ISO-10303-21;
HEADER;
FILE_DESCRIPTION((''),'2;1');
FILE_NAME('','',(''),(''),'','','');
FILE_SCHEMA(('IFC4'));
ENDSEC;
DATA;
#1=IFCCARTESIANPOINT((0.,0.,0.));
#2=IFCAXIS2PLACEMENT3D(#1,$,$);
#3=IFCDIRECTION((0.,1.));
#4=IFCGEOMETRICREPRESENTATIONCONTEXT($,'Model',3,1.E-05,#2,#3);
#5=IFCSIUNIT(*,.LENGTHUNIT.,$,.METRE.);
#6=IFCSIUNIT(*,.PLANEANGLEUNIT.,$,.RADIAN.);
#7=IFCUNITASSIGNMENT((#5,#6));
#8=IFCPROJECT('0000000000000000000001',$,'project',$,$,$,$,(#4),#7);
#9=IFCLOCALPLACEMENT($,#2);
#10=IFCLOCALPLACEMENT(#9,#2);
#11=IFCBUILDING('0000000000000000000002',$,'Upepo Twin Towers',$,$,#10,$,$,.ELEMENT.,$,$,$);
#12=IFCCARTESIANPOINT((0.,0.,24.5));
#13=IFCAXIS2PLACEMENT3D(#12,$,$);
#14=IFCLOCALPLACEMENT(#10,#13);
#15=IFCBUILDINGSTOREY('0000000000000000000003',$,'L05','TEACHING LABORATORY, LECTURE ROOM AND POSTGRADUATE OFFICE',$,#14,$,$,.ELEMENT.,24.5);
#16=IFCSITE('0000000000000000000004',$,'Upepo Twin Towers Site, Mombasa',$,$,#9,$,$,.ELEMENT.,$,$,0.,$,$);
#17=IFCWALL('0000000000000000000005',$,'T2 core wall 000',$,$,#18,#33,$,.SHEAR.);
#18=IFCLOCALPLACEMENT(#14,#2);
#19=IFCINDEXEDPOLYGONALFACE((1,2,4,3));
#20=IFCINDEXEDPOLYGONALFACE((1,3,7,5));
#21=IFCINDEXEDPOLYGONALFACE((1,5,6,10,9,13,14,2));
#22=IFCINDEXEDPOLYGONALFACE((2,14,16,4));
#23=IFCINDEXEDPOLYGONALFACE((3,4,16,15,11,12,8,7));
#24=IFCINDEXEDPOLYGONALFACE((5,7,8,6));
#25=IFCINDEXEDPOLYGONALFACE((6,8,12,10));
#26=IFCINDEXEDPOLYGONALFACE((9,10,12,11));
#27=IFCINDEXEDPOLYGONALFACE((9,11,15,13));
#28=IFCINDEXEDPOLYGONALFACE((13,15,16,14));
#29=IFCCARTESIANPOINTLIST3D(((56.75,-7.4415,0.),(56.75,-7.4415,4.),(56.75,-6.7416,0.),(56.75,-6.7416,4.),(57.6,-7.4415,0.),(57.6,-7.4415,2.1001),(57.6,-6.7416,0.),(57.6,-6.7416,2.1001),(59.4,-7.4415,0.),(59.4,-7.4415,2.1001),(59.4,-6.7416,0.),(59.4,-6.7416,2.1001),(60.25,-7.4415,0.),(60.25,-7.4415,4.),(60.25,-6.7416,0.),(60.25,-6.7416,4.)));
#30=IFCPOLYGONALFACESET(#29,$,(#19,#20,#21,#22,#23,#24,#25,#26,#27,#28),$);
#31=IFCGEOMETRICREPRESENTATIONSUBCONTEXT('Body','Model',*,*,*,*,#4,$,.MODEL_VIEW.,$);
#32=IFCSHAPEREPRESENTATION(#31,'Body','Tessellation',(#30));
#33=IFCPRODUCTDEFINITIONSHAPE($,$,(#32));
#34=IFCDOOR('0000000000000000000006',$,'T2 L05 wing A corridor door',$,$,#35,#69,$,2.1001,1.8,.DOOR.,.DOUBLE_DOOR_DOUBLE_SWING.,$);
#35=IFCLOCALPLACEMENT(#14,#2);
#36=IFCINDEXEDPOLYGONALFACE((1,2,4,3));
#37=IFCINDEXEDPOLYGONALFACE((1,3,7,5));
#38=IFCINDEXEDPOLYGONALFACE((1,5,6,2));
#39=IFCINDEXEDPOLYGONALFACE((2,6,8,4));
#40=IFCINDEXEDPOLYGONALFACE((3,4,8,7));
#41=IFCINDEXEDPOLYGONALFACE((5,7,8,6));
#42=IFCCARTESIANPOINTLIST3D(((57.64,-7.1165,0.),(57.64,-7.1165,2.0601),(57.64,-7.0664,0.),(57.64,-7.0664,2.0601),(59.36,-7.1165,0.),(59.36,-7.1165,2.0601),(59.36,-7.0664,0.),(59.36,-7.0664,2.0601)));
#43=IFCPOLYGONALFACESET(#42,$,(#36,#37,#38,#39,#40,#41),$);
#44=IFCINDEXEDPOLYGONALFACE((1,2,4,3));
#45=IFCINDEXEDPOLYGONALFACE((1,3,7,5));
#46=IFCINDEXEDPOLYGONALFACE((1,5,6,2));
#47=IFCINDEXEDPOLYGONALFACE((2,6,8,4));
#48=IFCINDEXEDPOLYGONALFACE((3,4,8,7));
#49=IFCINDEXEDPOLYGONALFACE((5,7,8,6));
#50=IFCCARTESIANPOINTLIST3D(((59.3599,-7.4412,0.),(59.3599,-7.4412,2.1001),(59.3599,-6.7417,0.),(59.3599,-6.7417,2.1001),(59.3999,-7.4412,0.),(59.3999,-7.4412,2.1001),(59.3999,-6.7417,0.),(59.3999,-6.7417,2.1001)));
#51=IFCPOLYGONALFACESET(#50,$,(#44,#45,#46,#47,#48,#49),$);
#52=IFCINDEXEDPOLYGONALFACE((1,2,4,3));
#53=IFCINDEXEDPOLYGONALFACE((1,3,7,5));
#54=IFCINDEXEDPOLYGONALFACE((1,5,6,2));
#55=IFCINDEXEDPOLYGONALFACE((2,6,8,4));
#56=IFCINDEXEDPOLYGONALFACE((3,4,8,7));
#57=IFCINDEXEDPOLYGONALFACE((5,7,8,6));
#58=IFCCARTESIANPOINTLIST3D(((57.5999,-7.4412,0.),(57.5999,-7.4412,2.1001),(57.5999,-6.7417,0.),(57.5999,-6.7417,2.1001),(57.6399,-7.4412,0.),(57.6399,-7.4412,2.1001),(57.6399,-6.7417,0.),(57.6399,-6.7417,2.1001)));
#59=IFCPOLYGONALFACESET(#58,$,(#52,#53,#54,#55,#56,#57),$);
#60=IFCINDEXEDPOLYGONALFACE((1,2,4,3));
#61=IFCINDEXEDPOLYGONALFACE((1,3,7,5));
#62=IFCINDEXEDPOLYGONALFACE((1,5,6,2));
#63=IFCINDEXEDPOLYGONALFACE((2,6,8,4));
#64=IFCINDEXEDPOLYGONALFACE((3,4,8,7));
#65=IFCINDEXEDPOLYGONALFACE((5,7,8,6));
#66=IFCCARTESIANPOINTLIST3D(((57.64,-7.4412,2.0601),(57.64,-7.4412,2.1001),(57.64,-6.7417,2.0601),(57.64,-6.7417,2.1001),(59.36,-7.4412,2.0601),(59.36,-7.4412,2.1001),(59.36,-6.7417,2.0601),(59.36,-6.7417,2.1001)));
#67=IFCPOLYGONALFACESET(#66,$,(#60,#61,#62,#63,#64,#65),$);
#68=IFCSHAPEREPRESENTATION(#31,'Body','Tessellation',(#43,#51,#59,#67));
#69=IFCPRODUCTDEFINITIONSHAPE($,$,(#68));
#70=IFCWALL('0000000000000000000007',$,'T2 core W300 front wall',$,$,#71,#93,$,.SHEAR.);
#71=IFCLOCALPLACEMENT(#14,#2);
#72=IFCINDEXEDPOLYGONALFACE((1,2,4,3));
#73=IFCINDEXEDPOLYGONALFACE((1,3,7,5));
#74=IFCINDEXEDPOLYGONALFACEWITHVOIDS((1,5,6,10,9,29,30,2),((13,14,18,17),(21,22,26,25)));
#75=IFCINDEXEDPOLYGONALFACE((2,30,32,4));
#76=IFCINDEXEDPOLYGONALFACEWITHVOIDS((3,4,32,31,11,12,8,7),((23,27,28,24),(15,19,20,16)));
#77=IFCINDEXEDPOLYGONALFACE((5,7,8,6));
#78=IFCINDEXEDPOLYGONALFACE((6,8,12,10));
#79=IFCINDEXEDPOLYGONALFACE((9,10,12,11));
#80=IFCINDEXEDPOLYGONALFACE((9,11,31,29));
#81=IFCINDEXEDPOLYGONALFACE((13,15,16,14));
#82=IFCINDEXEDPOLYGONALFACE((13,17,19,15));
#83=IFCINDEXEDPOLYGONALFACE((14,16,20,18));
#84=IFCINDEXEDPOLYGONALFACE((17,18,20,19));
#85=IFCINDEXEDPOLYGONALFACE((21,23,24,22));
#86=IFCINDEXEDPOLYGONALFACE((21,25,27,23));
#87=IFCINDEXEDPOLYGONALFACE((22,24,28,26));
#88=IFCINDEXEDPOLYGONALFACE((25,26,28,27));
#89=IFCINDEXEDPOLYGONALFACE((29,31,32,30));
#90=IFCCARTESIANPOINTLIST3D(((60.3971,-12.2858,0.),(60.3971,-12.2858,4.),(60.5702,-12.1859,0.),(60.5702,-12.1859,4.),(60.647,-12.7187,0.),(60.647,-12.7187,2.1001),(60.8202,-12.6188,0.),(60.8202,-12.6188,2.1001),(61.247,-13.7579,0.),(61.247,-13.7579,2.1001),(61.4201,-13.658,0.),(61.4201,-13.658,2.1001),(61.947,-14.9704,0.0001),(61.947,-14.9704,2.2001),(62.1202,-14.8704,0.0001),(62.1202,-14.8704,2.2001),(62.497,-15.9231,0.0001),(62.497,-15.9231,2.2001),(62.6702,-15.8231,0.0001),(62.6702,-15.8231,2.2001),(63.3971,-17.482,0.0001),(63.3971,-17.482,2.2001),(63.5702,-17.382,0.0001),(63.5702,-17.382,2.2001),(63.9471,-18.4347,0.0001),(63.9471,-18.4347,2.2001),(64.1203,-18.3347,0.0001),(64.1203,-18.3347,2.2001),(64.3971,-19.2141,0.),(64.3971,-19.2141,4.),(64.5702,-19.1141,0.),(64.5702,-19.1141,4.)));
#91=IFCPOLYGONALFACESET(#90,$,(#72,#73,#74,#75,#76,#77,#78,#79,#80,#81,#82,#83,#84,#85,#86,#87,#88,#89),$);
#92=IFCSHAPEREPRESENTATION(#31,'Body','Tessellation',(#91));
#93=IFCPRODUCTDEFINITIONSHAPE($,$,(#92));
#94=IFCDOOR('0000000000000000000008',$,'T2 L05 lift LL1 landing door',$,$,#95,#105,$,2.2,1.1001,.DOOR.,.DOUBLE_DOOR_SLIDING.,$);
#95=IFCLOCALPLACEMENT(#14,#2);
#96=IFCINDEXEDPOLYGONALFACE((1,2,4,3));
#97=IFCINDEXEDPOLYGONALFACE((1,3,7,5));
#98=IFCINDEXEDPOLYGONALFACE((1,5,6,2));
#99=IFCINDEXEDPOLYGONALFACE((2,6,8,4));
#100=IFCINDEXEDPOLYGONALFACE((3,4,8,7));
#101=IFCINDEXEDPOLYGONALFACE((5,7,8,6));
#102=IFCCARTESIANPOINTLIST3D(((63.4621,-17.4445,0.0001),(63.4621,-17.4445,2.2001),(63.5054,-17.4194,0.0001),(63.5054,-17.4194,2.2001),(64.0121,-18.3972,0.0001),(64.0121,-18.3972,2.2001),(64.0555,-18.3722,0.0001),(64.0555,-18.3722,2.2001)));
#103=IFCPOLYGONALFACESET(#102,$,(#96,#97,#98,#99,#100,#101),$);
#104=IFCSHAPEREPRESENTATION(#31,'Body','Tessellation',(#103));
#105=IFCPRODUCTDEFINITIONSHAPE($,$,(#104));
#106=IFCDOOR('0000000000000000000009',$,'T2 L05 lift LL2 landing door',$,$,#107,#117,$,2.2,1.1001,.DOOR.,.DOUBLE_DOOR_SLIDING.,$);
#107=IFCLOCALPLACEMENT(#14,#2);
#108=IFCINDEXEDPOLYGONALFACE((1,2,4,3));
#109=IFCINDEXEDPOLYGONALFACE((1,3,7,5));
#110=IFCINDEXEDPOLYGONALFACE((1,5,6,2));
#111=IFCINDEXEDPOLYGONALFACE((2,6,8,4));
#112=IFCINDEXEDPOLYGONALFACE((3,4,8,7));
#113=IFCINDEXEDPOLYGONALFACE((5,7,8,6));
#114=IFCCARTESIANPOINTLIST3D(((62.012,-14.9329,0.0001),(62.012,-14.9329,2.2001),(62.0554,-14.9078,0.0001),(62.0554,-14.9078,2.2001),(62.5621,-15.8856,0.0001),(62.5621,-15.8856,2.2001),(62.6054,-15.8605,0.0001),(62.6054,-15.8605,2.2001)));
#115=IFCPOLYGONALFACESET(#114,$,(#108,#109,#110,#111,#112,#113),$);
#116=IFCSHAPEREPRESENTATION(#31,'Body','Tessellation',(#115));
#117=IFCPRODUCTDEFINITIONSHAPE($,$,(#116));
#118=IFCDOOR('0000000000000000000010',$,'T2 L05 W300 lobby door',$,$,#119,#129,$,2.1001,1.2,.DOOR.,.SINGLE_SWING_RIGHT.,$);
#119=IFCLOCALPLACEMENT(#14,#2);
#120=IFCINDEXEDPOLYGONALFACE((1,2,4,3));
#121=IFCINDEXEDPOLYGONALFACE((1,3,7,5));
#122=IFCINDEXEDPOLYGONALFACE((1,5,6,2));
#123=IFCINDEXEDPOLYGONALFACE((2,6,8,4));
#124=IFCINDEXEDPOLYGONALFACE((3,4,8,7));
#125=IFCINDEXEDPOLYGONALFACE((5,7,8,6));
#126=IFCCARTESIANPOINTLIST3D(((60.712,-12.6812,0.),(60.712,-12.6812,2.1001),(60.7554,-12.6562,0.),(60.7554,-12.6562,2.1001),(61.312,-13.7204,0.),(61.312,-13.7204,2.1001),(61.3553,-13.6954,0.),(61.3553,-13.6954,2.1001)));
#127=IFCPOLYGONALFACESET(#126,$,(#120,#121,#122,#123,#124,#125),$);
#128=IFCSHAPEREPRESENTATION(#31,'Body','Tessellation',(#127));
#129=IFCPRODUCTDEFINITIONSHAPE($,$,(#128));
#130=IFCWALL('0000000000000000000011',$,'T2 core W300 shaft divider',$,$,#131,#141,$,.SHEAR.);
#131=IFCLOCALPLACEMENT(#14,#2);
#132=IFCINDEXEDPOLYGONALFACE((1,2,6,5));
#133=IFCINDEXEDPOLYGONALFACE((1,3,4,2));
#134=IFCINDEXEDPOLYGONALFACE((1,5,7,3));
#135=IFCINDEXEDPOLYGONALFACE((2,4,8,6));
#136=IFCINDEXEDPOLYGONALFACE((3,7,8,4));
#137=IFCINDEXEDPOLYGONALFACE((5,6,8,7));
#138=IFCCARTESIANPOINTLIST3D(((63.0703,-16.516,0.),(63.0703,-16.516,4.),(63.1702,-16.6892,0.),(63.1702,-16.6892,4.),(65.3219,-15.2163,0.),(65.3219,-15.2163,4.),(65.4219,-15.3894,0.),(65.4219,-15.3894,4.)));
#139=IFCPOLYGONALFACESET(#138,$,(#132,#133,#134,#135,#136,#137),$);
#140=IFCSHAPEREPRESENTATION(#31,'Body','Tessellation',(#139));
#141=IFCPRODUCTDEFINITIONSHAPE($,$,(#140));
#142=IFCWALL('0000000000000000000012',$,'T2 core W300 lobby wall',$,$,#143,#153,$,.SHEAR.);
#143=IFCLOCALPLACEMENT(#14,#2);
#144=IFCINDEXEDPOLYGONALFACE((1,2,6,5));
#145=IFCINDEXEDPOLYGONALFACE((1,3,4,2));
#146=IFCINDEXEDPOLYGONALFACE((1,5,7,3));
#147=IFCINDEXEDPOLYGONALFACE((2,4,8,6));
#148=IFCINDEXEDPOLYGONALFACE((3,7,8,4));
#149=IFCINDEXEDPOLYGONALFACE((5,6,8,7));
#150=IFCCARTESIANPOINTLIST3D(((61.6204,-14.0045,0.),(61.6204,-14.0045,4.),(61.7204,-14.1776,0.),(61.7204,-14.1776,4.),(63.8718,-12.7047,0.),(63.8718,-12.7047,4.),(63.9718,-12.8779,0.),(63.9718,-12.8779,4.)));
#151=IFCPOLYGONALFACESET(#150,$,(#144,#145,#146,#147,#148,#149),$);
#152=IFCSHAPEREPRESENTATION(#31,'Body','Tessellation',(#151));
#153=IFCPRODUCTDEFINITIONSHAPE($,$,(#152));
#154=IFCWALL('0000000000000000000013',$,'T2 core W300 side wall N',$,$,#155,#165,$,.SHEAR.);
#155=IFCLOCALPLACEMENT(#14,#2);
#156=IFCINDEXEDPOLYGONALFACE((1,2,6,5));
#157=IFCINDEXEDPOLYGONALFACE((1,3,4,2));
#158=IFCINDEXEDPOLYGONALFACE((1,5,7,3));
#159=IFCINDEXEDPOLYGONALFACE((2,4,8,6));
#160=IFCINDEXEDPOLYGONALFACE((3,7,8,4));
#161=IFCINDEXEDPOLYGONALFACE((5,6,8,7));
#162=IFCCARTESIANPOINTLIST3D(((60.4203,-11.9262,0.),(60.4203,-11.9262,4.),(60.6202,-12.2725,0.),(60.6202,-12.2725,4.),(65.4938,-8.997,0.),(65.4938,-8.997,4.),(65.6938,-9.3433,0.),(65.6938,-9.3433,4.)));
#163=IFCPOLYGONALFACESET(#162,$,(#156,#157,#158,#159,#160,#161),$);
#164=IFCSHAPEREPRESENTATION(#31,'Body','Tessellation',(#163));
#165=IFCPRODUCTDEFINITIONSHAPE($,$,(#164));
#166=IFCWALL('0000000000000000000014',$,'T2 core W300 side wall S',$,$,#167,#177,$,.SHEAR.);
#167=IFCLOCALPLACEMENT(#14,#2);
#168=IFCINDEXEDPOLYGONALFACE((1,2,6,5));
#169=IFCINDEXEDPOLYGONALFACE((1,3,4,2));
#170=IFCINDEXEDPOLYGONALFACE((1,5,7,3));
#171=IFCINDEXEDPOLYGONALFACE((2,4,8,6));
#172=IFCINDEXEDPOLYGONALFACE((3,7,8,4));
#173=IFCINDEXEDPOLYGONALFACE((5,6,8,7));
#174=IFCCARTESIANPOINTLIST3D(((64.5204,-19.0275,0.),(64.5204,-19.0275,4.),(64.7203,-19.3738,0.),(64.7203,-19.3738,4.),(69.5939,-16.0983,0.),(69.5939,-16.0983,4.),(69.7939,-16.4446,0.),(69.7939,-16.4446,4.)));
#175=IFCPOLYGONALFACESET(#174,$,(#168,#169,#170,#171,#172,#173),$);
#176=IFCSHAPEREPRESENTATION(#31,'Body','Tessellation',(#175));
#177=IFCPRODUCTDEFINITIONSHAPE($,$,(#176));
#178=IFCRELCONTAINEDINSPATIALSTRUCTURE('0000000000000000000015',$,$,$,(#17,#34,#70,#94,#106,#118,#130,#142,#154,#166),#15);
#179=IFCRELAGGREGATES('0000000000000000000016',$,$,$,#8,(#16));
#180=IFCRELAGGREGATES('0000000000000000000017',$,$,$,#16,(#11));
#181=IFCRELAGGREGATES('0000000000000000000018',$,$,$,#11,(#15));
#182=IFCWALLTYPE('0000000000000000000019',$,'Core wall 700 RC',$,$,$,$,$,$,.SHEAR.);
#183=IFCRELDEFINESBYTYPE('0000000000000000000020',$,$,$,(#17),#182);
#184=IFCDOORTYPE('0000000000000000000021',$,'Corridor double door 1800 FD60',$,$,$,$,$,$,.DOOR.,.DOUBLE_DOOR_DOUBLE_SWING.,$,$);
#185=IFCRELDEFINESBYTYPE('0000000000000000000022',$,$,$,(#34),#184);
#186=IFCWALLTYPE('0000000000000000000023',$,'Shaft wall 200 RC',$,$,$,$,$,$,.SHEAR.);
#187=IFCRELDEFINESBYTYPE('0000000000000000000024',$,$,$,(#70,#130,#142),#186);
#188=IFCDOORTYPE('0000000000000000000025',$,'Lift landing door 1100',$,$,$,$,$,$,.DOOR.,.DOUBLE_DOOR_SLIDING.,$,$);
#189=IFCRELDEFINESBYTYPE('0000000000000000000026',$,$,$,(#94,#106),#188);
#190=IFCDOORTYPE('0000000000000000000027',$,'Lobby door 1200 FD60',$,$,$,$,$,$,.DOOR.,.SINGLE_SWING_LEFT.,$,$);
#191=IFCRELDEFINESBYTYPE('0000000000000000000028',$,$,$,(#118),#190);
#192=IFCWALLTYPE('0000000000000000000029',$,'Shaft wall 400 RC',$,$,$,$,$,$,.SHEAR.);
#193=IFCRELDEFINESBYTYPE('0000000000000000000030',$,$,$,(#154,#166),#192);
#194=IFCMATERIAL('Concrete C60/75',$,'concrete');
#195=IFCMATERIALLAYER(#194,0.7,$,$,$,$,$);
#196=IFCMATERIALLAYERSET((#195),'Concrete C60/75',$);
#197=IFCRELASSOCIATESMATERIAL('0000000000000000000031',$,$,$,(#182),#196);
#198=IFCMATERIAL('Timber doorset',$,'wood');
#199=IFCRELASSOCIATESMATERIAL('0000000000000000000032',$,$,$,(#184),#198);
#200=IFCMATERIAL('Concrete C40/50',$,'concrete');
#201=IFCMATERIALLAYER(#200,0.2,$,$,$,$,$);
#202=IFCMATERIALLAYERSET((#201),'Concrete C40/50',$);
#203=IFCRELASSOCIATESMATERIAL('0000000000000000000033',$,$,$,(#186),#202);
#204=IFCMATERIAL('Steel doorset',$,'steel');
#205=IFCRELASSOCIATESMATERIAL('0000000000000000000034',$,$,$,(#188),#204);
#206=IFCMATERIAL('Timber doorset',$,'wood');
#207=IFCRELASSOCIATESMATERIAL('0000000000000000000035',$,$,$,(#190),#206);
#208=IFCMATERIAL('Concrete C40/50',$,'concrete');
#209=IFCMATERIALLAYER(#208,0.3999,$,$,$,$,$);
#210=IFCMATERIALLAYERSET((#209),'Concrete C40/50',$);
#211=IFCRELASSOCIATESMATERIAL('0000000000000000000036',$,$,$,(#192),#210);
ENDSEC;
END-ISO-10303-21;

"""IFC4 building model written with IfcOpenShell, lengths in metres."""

from ifc_helpers import new_model, si_unit, direction, frame, frame_2d, origin, place, context, subcontext, project, spatial, rectangle, extrude, material, layer, layer_set, type_object, element, fill, save


model = new_model("IFC4")

# Units and contexts
model_context = context("Model", 3, precision=1e-05, world=origin(), true_north=direction((0.0, 1.0)))
body_context = subcontext(model_context, "Body", "Model", "MODEL_VIEW")
ifc_project = project(units=[si_unit("LENGTHUNIT", "METRE"), si_unit("PLANEANGLEUNIT", "RADIAN")], contexts=[model_context])

# Site, building, storey
site_placement = place(None, origin())
site = spatial("IfcSite", under=ifc_project, at=site_placement, Name="Upepo Twin Towers Site, Mombasa", CompositionType="ELEMENT", RefElevation=0.0)
building_placement = place(site_placement, origin())
building = spatial("IfcBuilding", under=site, at=building_placement, Name="Upepo Twin Towers", CompositionType="ELEMENT")
storey_placement = place(building_placement, frame((0.0, 0.0, 24.5)))
storey = spatial("IfcBuildingStorey", under=building, at=storey_placement, Name="L05", Description="TEACHING LABORATORY, LECTURE ROOM AND POSTGRADUATE OFFICE", CompositionType="ELEMENT", Elevation=24.5)

# Shared definitions
ifc_material_1 = material(Name="Concrete C60/75", Category="concrete")
ifc_layer_1 = layer(ifc_material_1, 0.7)
ifc_layer_set_1 = layer_set([ifc_layer_1], Name="Concrete C60/75")
wall_type_1 = type_object("IfcWallType", Name="Core wall 700 RC", PredefinedType="SHEAR", material=ifc_layer_set_1)

# Wall, opening, door
wall_1_placement = place(storey_placement, frame((60.25, -7.0916, 0.0), z_axis=(0.0, 0.0, 1.0), x_axis=(-1.0, 0.0, 0.0)))
wall_1 = element("IfcWall", 1, at=wall_1_placement, inside=storey, type_object=wall_type_1, Name="T2 core wall 000", PredefinedType="SHEAR", context=body_context, shape_type="SweptSolid", body=[
    extrude(rectangle(XDim=3.5, YDim=0.7, at=frame_2d((1.75, 0.0))), origin(), (0.0, 0.0, 1.0), 4.0),
])
opening_1_placement = place(wall_1_placement, frame((0.8501, 0.0, 0.0)))
opening_1 = element("IfcOpeningElement", 2, at=opening_1_placement, cuts=wall_1, PredefinedType="OPENING", context=body_context, shape_type="SweptSolid", body=[
    extrude(rectangle(XDim=1.8, YDim=2.1001, at=frame_2d((0.8999, 1.05))), frame((0.0, 0.3599, 0.0), z_axis=(0.0, -1.0, 0.0), x_axis=(1.0, 0.0, 0.0)), (0.0, 0.0, 1.0), 0.72),
])
ifc_material_2 = material(Name="Timber doorset", Category="wood")
door_type_1 = type_object("IfcDoorType", Name="Corridor double door 1800 FD60", OperationType="DOUBLE_DOOR_DOUBLE_SWING", PredefinedType="DOOR", material=ifc_material_2)
door_1_placement = place(opening_1_placement, origin())
door_1 = element("IfcDoor", 3, at=door_1_placement, inside=storey, type_object=door_type_1, Name="T2 L05 wing A corridor door", OperationType="DOUBLE_DOOR_DOUBLE_SWING", OverallHeight=2.1001, OverallWidth=1.8, PredefinedType="DOOR", context=body_context, shape_type="SweptSolid", body=[
    extrude(rectangle(XDim=1.72, YDim=2.0601, at=frame_2d((0.8999, 1.03))), frame((0.0, 0.0249, 0.0), z_axis=(0.0, -1.0, 0.0), x_axis=(1.0, 0.0, 0.0)), (0.0, 0.0, 1.0), 0.05),
    extrude(rectangle(XDim=0.04, YDim=2.1001, at=frame_2d((0.02, 1.05))), frame((0.0, 0.3496, 0.0), z_axis=(0.0, -1.0, 0.0), x_axis=(1.0, 0.0, 0.0)), (0.0, 0.0, 1.0), 0.6995),
    extrude(rectangle(XDim=0.04, YDim=2.1001, at=frame_2d((1.78, 1.05))), frame((0.0, 0.3496, 0.0), z_axis=(0.0, -1.0, 0.0), x_axis=(1.0, 0.0, 0.0)), (0.0, 0.0, 1.0), 0.6995),
    extrude(rectangle(XDim=1.72, YDim=0.04, at=frame_2d((0.8999, 2.0801))), frame((0.0, 0.3496, 0.0), z_axis=(0.0, -1.0, 0.0), x_axis=(1.0, 0.0, 0.0)), (0.0, 0.0, 1.0), 0.6995),
])
fill(opening_1, door_1)

# Wall, openings, doors
ifc_material_3 = material(Name="Concrete C40/50", Category="concrete")
ifc_layer_2 = layer(ifc_material_3, 0.2)
ifc_layer_set_2 = layer_set([ifc_layer_2], Name="Concrete C40/50")
wall_type_2 = type_object("IfcWallType", Name="Shaft wall 200 RC", PredefinedType="SHEAR", material=ifc_layer_set_2)
wall_2_placement = place(storey_placement, frame((64.4836, -19.1641, 0.0), z_axis=(0.0, 0.0, 1.0), x_axis=(-0.499999, 0.866026, 0.0)))
wall_2 = element("IfcWall", 4, at=wall_2_placement, inside=storey, type_object=wall_type_2, Name="T2 core W300 front wall", PredefinedType="SHEAR", context=body_context, shape_type="SweptSolid", body=[
    extrude(rectangle(XDim=8.0, YDim=0.2, at=frame_2d((4.0, 0.0))), origin(), (0.0, 0.0, 1.0), 4.0),
])
opening_2_placement = place(wall_2_placement, frame((6.3, 0.0, 0.0)))
opening_2 = element("IfcOpeningElement", 5, at=opening_2_placement, cuts=wall_2, PredefinedType="OPENING", context=body_context, shape_type="SweptSolid", body=[
    extrude(rectangle(XDim=1.2, YDim=2.1001, at=frame_2d((0.6001, 1.05))), frame((0.0, 0.1099, 0.0), z_axis=(0.0, -1.0, 0.0), x_axis=(1.0, 0.0, 0.0)), (0.0, 0.0, 1.0), 0.22),
])
opening_3_placement = place(wall_2_placement, frame((0.8999, 0.0, 0.0)))
opening_3 = element("IfcOpeningElement", 6, at=opening_3_placement, cuts=wall_2, PredefinedType="OPENING", context=body_context, shape_type="SweptSolid", body=[
    extrude(rectangle(XDim=1.1001, YDim=2.2, at=frame_2d((0.55, 1.1001))), frame((0.0, 0.1099, 0.0), z_axis=(0.0, -1.0, 0.0), x_axis=(1.0, 0.0, 0.0)), (0.0, 0.0, 1.0), 0.22),
])
opening_4_placement = place(wall_2_placement, frame((3.8, 0.0, 0.0)))
opening_4 = element("IfcOpeningElement", 7, at=opening_4_placement, cuts=wall_2, PredefinedType="OPENING", context=body_context, shape_type="SweptSolid", body=[
    extrude(rectangle(XDim=1.1001, YDim=2.2, at=frame_2d((0.55, 1.1001))), frame((0.0, 0.1099, 0.0), z_axis=(0.0, -1.0, 0.0), x_axis=(1.0, 0.0, 0.0)), (0.0, 0.0, 1.0), 0.22),
])
ifc_material_4 = material(Name="Steel doorset", Category="steel")
door_type_2 = type_object("IfcDoorType", Name="Lift landing door 1100", OperationType="DOUBLE_DOOR_SLIDING", PredefinedType="DOOR", material=ifc_material_4)
door_2_placement = place(opening_3_placement, origin())
door_2 = element("IfcDoor", 8, at=door_2_placement, inside=storey, type_object=door_type_2, Name="T2 L05 lift LL1 landing door", OperationType="DOUBLE_DOOR_SLIDING", OverallHeight=2.2, OverallWidth=1.1001, PredefinedType="DOOR", context=body_context, shape_type="SweptSolid", body=[
    extrude(rectangle(XDim=1.1001, YDim=2.2, at=frame_2d((0.55, 1.1001))), frame((0.0, 0.0249, 0.0), z_axis=(0.0, -1.0, 0.0), x_axis=(1.0, 0.0, 0.0)), (0.0, 0.0, 1.0), 0.05),
])
fill(opening_3, door_2)
door_3_placement = place(opening_4_placement, origin())
door_3 = element("IfcDoor", 9, at=door_3_placement, inside=storey, type_object=door_type_2, Name="T2 L05 lift LL2 landing door", OperationType="DOUBLE_DOOR_SLIDING", OverallHeight=2.2, OverallWidth=1.1001, PredefinedType="DOOR", context=body_context, shape_type="SweptSolid", body=[
    extrude(rectangle(XDim=1.1001, YDim=2.2, at=frame_2d((0.55, 1.1001))), frame((0.0, 0.0249, 0.0), z_axis=(0.0, -1.0, 0.0), x_axis=(1.0, 0.0, 0.0)), (0.0, 0.0, 1.0), 0.05),
])
fill(opening_4, door_3)
ifc_material_5 = material(Name="Timber doorset", Category="wood")
door_type_3 = type_object("IfcDoorType", Name="Lobby door 1200 FD60", OperationType="SINGLE_SWING_LEFT", PredefinedType="DOOR", material=ifc_material_5)
door_4_placement = place(opening_2_placement, origin())
door_4 = element("IfcDoor", 10, at=door_4_placement, inside=storey, type_object=door_type_3, Name="T2 L05 W300 lobby door", OperationType="SINGLE_SWING_RIGHT", OverallHeight=2.1001, OverallWidth=1.2, PredefinedType="DOOR", context=body_context, shape_type="SweptSolid", body=[
    extrude(rectangle(XDim=1.2, YDim=2.1001, at=frame_2d((0.6001, 1.05))), frame((0.0, 0.0249, 0.0), z_axis=(0.0, -1.0, 0.0), x_axis=(1.0, 0.0, 0.0)), (0.0, 0.0, 1.0), 0.05),
])
fill(opening_2, door_4)

# Walls
wall_3_placement = place(storey_placement, frame((63.1204, -16.6025, 0.0), z_axis=(0.0, 0.0, 1.0), x_axis=(0.866062, 0.499937, 0.0)))
element("IfcWall", 11, at=wall_3_placement, inside=storey, type_object=wall_type_2, Name="T2 core W300 shaft divider", PredefinedType="SHEAR", context=body_context, shape_type="SweptSolid", body=[
    extrude(rectangle(XDim=2.5999, YDim=0.2, at=frame_2d((1.2998, 0.0))), origin(), (0.0, 0.0, 1.0), 4.0),
])
wall_4_placement = place(storey_placement, frame((61.6704, -14.0911, 0.0), z_axis=(0.0, 0.0, 1.0), x_axis=(0.866039, 0.499977, 0.0)))
element("IfcWall", 12, at=wall_4_placement, inside=storey, type_object=wall_type_2, Name="T2 core W300 lobby wall", PredefinedType="SHEAR", context=body_context, shape_type="SweptSolid", body=[
    extrude(rectangle(XDim=2.5996, YDim=0.2, at=frame_2d((1.2998, 0.0))), origin(), (0.0, 0.0, 1.0), 4.0),
])
ifc_material_6 = material(Name="Concrete C40/50", Category="concrete")
ifc_layer_3 = layer(ifc_material_6, 0.3999)
ifc_layer_set_3 = layer_set([ifc_layer_3], Name="Concrete C40/50")
wall_type_3 = type_object("IfcWallType", Name="Shaft wall 400 RC", PredefinedType="SHEAR", material=ifc_layer_set_3)
for number, where, z_axis, x_axis, name in (
    (13, (60.5203, -12.0994, 0.0), (0.0, 0.0, 1.0), (0.866024, 0.500003, 0.0), "T2 core W300 side wall N"),
    (14, (64.6204, -19.2007, 0.0), (0.0, 0.0, 1.0), (0.866024, 0.500003, 0.0), "T2 core W300 side wall S"),
):
    element("IfcWall", number, at=place(storey_placement, frame(where, z_axis=z_axis, x_axis=x_axis)), inside=storey, type_object=wall_type_3, Name=name, PredefinedType="SHEAR", context=body_context, shape_type="SweptSolid", body=[
        extrude(rectangle(XDim=5.8584, YDim=0.3999, at=frame_2d((2.9292, 0.0))), origin(), (0.0, 0.0, 1.0), 4.0),
    ])

save(model, "model.ifc")
